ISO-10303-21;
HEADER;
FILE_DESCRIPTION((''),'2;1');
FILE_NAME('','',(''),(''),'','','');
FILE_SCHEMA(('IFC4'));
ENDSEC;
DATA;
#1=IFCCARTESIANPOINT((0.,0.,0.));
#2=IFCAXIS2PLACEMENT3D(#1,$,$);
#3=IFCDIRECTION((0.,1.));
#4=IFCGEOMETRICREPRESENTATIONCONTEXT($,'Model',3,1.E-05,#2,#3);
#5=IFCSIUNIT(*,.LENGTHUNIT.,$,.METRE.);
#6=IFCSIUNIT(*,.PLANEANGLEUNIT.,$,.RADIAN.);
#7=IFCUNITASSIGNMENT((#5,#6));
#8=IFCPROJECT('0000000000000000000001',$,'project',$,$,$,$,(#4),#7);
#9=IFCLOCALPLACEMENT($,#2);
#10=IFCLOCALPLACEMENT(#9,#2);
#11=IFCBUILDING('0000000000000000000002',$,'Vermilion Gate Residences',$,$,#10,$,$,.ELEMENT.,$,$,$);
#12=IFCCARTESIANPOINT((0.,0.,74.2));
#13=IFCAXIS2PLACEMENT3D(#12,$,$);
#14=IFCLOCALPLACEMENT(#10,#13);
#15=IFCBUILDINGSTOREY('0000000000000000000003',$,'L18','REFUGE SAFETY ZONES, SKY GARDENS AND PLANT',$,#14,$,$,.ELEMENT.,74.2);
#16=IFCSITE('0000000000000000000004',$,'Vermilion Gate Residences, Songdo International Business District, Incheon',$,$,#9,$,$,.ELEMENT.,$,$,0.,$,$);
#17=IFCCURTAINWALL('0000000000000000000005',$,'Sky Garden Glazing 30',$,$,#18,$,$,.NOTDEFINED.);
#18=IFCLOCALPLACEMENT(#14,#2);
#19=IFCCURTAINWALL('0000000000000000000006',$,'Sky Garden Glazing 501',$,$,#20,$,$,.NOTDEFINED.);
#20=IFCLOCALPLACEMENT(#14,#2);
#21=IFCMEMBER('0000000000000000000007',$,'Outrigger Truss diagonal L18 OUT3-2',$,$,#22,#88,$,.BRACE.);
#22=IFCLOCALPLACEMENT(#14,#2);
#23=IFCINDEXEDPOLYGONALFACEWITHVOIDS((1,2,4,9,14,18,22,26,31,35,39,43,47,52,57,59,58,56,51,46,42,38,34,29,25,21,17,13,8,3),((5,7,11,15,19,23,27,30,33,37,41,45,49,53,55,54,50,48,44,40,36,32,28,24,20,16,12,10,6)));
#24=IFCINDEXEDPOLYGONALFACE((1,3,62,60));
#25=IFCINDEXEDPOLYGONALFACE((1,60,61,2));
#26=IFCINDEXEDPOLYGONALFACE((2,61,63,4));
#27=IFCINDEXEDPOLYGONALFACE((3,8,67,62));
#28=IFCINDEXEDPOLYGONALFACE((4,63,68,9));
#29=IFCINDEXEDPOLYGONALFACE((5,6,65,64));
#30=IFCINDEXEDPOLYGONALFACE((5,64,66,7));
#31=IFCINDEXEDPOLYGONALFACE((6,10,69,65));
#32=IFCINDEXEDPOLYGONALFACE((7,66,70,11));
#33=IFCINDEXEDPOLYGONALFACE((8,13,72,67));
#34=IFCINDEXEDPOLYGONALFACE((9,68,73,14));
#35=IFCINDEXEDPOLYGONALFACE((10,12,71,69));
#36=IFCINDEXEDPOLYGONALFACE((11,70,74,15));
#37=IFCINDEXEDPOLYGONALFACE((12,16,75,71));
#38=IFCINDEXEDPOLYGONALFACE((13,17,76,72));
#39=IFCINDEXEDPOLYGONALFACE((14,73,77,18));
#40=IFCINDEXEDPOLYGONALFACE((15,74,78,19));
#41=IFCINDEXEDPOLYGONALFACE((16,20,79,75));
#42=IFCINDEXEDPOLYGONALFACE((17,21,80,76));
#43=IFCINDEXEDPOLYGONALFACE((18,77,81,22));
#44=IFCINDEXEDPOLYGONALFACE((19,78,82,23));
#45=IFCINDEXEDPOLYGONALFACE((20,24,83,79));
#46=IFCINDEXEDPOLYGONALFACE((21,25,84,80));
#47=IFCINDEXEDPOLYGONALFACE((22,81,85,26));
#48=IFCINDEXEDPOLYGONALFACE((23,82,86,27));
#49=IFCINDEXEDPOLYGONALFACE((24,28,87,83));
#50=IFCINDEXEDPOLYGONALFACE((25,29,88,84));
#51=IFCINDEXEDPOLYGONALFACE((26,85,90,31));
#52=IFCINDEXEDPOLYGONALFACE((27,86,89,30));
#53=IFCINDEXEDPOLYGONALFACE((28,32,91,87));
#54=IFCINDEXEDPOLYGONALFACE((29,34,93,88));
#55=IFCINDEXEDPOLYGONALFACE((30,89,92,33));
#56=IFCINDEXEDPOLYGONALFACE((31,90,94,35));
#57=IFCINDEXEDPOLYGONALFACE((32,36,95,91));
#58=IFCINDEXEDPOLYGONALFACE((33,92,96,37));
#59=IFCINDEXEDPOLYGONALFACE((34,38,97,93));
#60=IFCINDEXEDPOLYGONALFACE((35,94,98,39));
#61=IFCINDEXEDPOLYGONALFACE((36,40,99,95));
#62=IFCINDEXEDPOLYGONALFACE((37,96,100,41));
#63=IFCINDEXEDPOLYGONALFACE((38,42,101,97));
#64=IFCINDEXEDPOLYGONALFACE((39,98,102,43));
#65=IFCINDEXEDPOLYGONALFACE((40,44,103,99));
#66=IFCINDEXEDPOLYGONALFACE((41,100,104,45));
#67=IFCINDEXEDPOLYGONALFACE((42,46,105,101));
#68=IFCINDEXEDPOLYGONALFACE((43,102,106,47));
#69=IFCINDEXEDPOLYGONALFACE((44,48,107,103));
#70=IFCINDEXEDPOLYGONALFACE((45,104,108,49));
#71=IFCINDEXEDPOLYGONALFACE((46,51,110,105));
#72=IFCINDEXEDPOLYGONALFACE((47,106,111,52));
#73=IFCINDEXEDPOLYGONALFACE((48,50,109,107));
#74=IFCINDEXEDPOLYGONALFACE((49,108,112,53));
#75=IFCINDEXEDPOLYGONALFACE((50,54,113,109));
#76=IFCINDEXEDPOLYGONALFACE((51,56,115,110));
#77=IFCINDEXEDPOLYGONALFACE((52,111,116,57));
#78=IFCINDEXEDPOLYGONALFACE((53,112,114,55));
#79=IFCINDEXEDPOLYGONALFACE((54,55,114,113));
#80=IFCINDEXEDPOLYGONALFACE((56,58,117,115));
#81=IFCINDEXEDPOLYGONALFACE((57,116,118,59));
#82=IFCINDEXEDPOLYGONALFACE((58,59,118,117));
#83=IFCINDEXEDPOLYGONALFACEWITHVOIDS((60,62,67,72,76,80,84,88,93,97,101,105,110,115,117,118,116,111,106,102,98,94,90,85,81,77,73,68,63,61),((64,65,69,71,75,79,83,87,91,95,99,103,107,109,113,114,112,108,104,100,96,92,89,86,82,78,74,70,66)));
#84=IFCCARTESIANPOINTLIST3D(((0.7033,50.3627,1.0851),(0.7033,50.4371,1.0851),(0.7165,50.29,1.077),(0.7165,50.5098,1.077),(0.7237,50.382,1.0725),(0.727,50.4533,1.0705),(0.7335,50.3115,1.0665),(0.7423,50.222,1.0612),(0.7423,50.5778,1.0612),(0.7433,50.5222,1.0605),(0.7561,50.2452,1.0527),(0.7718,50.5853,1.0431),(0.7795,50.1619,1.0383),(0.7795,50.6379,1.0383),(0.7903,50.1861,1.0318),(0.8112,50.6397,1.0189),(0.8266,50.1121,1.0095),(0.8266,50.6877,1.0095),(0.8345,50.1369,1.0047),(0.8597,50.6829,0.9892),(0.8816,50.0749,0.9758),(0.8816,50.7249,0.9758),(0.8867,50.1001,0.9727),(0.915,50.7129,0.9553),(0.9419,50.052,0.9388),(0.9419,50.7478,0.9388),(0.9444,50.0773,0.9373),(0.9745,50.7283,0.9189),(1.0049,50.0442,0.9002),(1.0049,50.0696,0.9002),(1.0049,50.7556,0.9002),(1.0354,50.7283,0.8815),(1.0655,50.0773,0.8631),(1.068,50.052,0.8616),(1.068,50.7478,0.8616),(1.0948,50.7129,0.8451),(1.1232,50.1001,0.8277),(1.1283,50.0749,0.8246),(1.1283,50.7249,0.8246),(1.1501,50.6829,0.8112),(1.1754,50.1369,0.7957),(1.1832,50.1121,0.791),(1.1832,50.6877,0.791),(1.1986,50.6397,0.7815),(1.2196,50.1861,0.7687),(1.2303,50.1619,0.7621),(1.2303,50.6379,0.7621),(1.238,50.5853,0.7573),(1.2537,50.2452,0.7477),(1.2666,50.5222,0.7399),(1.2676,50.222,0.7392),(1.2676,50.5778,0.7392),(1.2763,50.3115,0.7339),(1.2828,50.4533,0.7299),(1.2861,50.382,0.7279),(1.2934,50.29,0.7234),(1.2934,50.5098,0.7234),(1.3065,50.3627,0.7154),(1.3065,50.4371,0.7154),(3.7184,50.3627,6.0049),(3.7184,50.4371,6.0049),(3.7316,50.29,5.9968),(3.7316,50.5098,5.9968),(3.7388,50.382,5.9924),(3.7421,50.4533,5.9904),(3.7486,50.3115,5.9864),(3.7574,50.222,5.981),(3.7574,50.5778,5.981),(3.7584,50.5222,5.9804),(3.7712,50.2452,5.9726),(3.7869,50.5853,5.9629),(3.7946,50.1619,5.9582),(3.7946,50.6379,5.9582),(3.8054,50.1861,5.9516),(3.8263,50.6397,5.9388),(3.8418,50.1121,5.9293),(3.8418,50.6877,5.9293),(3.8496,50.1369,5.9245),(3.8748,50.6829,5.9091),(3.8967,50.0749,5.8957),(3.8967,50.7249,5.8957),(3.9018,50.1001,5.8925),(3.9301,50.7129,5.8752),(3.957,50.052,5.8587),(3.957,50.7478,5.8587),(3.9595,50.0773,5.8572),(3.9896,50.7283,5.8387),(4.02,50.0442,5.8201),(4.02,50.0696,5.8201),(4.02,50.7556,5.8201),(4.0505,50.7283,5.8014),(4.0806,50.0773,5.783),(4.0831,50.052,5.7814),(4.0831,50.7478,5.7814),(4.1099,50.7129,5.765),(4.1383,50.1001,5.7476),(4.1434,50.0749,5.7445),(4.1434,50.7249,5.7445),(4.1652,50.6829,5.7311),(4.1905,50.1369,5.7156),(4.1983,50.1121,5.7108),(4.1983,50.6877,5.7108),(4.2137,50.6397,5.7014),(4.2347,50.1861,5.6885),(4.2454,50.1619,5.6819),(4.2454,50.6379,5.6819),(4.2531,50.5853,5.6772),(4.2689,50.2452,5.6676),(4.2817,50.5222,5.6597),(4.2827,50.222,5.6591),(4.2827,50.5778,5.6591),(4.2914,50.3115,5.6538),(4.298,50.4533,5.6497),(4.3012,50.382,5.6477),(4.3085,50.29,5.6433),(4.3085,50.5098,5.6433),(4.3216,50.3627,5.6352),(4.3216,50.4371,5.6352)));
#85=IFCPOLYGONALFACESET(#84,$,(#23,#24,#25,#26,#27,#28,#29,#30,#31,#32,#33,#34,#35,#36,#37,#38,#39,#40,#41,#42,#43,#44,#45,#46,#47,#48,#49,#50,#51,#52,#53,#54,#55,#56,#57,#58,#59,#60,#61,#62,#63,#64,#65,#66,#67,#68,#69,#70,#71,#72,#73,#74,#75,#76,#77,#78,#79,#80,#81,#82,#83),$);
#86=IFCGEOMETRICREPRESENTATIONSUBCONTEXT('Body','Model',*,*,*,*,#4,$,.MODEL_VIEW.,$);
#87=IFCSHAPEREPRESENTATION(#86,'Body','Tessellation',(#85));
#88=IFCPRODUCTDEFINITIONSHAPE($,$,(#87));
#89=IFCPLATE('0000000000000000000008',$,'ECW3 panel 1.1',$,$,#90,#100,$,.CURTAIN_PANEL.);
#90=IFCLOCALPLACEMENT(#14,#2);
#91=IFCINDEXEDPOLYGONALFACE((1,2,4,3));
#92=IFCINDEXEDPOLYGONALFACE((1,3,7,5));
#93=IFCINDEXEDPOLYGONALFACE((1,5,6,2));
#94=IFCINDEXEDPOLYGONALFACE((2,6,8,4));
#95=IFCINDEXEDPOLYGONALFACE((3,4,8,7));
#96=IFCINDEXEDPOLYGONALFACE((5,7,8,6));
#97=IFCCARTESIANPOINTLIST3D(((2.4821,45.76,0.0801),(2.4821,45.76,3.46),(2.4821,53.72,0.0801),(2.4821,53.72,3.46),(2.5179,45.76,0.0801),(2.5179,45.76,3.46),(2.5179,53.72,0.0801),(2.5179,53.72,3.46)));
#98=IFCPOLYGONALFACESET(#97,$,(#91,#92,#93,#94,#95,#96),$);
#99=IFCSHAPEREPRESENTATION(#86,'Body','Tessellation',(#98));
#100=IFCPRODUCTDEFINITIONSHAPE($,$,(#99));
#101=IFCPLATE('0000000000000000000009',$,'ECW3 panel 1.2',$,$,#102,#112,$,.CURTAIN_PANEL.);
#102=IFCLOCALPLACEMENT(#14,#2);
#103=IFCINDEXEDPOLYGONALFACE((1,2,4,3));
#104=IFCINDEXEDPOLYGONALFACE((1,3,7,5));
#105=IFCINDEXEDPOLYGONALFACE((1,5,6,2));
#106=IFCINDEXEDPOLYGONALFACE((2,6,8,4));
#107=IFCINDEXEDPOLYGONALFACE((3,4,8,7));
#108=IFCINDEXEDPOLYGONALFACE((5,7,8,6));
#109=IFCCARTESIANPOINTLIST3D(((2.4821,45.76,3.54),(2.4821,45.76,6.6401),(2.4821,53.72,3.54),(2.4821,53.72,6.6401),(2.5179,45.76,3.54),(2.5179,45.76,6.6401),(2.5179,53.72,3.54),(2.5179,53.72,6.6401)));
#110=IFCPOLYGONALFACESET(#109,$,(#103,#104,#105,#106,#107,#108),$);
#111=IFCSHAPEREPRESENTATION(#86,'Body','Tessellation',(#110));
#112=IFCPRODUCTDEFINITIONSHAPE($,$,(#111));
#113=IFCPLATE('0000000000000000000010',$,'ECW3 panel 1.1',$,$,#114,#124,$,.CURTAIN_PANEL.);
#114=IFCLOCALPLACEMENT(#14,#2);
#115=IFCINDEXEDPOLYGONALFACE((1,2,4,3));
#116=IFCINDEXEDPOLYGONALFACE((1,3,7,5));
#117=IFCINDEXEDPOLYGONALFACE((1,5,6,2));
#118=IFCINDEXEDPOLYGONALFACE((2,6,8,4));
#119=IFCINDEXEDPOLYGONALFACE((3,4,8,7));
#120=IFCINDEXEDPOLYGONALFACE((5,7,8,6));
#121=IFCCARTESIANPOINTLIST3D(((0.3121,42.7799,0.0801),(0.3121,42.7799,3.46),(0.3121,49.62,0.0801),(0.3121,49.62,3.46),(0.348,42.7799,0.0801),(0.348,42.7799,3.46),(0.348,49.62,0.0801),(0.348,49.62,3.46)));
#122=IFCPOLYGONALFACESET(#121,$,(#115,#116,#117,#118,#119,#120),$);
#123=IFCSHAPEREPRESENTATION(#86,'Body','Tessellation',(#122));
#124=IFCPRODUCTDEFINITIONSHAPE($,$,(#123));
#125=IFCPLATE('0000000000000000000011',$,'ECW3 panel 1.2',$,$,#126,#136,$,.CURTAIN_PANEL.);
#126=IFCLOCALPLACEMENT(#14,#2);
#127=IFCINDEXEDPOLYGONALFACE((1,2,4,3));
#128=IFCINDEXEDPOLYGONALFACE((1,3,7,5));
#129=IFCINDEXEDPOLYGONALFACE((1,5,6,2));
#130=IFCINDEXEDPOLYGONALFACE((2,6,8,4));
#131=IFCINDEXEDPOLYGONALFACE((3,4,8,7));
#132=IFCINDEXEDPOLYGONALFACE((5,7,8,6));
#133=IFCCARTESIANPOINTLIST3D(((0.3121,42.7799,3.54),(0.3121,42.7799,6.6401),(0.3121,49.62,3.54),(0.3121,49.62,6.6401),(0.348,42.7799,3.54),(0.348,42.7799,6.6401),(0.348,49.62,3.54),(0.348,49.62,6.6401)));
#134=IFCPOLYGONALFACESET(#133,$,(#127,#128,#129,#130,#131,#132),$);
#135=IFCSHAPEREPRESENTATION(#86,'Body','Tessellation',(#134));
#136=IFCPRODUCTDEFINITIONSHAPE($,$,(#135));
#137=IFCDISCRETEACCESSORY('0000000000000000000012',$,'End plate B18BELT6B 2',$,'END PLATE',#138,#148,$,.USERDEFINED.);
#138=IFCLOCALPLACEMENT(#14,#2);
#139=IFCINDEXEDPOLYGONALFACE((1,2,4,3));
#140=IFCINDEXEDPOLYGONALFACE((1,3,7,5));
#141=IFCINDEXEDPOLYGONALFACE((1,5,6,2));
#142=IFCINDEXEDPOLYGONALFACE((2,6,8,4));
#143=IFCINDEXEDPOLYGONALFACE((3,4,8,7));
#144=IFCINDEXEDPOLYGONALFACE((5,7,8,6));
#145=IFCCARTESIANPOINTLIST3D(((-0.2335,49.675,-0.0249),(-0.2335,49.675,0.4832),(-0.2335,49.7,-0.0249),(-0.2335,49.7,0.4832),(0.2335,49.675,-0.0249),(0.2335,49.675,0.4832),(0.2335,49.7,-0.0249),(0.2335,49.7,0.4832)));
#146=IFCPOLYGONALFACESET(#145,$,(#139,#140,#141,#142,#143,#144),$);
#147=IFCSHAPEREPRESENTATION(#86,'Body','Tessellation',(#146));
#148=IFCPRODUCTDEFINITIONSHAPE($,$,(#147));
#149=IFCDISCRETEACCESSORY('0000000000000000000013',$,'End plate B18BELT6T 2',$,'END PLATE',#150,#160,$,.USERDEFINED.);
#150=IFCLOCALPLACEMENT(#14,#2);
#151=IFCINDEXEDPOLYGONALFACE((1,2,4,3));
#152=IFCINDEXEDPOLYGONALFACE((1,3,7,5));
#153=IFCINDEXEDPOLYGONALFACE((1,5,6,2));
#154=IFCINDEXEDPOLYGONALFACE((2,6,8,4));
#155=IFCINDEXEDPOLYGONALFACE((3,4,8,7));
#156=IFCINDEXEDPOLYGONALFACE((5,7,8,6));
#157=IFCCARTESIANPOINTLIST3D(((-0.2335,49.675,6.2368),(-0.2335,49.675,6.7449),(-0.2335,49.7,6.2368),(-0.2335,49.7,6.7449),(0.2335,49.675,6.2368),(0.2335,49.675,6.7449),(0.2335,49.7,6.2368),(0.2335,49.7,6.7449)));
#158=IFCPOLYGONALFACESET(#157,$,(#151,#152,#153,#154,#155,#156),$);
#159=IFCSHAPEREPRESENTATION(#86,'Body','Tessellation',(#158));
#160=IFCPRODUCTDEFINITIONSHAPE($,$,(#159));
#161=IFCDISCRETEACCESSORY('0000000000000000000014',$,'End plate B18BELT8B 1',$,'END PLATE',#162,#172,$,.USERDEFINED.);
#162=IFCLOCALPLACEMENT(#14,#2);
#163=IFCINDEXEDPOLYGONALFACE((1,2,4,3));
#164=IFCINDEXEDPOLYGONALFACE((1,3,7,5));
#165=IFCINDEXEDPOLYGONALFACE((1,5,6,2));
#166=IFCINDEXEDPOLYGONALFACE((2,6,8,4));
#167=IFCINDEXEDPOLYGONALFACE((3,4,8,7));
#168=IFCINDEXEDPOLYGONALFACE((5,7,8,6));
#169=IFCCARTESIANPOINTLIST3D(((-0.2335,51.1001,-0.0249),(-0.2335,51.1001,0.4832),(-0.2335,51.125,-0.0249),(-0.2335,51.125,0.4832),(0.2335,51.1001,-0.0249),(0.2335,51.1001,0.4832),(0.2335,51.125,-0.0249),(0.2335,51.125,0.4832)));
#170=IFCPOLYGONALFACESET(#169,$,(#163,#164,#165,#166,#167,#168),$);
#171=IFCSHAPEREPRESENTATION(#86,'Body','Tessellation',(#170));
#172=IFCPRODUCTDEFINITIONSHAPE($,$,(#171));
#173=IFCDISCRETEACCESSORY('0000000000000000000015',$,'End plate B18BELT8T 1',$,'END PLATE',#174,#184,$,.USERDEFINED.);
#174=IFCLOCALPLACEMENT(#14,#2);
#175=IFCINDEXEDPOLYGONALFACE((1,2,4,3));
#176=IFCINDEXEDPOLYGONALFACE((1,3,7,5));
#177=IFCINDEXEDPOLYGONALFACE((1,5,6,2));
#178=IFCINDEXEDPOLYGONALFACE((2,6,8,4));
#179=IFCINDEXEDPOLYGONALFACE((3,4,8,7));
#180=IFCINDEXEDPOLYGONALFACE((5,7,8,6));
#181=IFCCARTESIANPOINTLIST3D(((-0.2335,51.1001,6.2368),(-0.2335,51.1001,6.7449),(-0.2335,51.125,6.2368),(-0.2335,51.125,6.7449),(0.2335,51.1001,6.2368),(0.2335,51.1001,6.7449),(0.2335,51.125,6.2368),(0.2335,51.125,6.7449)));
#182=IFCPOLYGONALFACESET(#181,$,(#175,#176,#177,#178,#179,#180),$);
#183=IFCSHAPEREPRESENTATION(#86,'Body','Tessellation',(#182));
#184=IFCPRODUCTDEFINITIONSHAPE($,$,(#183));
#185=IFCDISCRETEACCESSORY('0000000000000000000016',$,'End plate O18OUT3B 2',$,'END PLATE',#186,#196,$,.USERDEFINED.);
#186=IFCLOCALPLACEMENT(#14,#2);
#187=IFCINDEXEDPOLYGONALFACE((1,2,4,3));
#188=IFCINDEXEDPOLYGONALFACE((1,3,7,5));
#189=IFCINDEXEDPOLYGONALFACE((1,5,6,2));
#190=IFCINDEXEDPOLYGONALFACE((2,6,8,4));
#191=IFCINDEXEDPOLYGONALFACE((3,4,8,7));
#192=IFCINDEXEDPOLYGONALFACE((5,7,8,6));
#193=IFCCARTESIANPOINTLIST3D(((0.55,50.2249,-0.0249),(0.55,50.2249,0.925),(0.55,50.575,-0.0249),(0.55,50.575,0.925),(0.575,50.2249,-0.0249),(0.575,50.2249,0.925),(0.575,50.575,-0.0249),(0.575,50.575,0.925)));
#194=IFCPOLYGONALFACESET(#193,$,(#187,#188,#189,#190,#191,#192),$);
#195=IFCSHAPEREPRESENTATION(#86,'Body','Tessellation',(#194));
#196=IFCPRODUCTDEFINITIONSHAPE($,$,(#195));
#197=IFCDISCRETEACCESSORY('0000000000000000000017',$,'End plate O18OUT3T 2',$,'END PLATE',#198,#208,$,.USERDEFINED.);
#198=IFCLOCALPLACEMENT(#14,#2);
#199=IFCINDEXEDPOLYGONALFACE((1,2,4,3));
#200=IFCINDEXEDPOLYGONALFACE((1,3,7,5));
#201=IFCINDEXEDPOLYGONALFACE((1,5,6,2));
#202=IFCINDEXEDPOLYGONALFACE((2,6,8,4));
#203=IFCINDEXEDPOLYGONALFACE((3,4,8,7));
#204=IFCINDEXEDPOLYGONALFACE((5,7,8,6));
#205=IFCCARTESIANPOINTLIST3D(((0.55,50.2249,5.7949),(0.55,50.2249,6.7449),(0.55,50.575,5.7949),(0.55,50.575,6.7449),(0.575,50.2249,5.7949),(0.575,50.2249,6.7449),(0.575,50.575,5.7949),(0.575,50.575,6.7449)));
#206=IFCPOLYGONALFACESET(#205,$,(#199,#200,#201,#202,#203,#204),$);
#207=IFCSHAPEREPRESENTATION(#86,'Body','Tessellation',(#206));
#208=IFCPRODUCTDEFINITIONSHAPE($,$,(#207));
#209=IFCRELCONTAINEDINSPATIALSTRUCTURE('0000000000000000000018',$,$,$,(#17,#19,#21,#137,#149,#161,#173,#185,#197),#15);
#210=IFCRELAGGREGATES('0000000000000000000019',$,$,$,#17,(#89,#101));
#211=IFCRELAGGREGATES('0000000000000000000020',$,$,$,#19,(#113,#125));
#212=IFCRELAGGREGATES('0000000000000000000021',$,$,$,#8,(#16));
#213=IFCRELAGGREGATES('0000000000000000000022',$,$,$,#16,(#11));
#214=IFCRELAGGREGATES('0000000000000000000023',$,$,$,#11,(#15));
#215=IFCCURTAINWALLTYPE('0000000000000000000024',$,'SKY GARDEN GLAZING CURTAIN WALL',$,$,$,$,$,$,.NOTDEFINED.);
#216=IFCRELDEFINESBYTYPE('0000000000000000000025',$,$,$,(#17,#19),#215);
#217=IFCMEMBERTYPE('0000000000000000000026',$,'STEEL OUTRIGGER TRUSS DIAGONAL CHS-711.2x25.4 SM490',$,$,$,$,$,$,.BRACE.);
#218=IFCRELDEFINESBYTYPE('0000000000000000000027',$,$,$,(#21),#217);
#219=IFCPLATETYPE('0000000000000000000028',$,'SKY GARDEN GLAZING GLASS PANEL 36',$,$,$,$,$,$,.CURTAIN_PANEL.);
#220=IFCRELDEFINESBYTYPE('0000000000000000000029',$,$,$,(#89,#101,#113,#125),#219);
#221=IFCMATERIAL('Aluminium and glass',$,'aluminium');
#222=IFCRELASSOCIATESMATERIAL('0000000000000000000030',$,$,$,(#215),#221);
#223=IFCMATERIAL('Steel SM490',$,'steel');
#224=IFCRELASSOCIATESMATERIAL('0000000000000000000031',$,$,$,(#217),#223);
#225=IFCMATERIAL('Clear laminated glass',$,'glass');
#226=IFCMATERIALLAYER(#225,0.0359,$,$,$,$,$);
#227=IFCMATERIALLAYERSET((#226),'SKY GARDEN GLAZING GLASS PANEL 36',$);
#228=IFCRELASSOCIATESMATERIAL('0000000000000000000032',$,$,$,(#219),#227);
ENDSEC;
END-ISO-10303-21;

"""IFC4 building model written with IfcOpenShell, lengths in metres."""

from ifc_helpers import new_model, si_unit, direction, frame, origin, origin_2d, place, context, subcontext, project, spatial, rectangle, hollow_circle, extrude, material, layer, layer_set, material_profile, profile_set, type_object, element, aggregate, save


model = new_model("IFC4")

# Units and contexts
model_context = context("Model", 3, precision=1e-05, world=origin(), true_north=direction((0.0, 1.0)))
body_context = subcontext(model_context, "Body", "Model", "MODEL_VIEW")
ifc_project = project(units=[si_unit("LENGTHUNIT", "METRE"), si_unit("PLANEANGLEUNIT", "RADIAN")], contexts=[model_context])

# Site, building, storey
site_placement = place(None, origin())
site = spatial("IfcSite", under=ifc_project, at=site_placement, Name="Vermilion Gate Residences, Songdo International Business District, Incheon", CompositionType="ELEMENT", RefElevation=0.0)
building_placement = place(site_placement, origin())
building = spatial("IfcBuilding", under=site, at=building_placement, Name="Vermilion Gate Residences", CompositionType="ELEMENT")
storey_placement = place(building_placement, frame((0.0, 0.0, 74.2)))
storey = spatial("IfcBuildingStorey", under=building, at=storey_placement, Name="L18", Description="REFUGE SAFETY ZONES, SKY GARDENS AND PLANT", CompositionType="ELEMENT", Elevation=74.2)

# Curtain walls
ifc_material_1 = material(Name="Aluminium and glass", Category="aluminium")
curtain_wall_type = type_object("IfcCurtainWallType", Name="SKY GARDEN GLAZING CURTAIN WALL", PredefinedType="NOTDEFINED", material=ifc_material_1)
curtain_wall_1_placement = place(storey_placement, origin())
curtain_wall_1 = element("IfcCurtainWall", 1, at=curtain_wall_1_placement, inside=storey, type_object=curtain_wall_type, Name="Sky Garden Glazing 30", PredefinedType="NOTDEFINED")
curtain_wall_2_placement = place(storey_placement, origin())
curtain_wall_2 = element("IfcCurtainWall", 2, at=curtain_wall_2_placement, inside=storey, type_object=curtain_wall_type, Name="Sky Garden Glazing 501", PredefinedType="NOTDEFINED")

# Member
ifc_material_2 = material(Name="Steel SM490", Category="steel")
ifc_material_profile_1 = material_profile(ifc_material_2, hollow_circle(Radius=0.3557, WallThickness=0.0254, at=origin_2d()), Name="CHS-711.2x25.4")
ifc_profile_set_1 = profile_set([ifc_material_profile_1], Name="Steel SM490")
member_type_1 = type_object("IfcMemberType", Name="STEEL OUTRIGGER TRUSS DIAGONAL CHS-711.2x25.4 SM490", PredefinedType="BRACE", material=ifc_profile_set_1)
member_1_placement = place(storey_placement, frame((4.02, 50.3999, 5.8201), z_axis=(-0.522524, 0.0, -0.852624), x_axis=(0.0, -1.0, 0.0)))
element("IfcMember", 3, at=member_1_placement, inside=storey, type_object=member_type_1, Name="Outrigger Truss diagonal L18 OUT3-2", PredefinedType="BRACE", context=body_context, shape_type="SweptSolid", body=[
    extrude(hollow_circle(Radius=0.3557, WallThickness=0.0254, at=origin_2d()), origin(), (0.0, 0.0, 1.0), 5.7703),
])

# Plates
ifc_material_3 = material(Name="Clear laminated glass", Category="glass")
ifc_layer = layer(ifc_material_3, 0.0359)
ifc_layer_set = layer_set([ifc_layer], Name="SKY GARDEN GLAZING GLASS PANEL 36")
plate_type = type_object("IfcPlateType", Name="SKY GARDEN GLAZING GLASS PANEL 36", PredefinedType="CURTAIN_PANEL", material=ifc_layer_set)
plate_1_placement = place(storey_placement, frame((2.5, 49.74, 0.0801), z_axis=(0.0, 0.0, 1.0), x_axis=(0.0, -1.0, 0.0)))
plate_1 = element("IfcPlate", 4, at=plate_1_placement, type_object=plate_type, Name="ECW3 panel 1.1", PredefinedType="CURTAIN_PANEL", context=body_context, shape_type="SweptSolid", body=[
    extrude(rectangle(XDim=7.96, YDim=0.0359, at=origin_2d()), origin(), (0.0, 0.0, 1.0), 3.3799),
])
plate_2_placement = place(storey_placement, frame((2.5, 49.74, 3.54), z_axis=(0.0, 0.0, 1.0), x_axis=(0.0, -1.0, 0.0)))
plate_2 = element("IfcPlate", 5, at=plate_2_placement, type_object=plate_type, Name="ECW3 panel 1.2", PredefinedType="CURTAIN_PANEL", context=body_context, shape_type="SweptSolid", body=[
    extrude(rectangle(XDim=7.96, YDim=0.0359, at=origin_2d()), origin(), (0.0, 0.0, 1.0), 3.1001),
])
aggregate(curtain_wall_1, [plate_1, plate_2])
plate_3_placement = place(storey_placement, frame((0.3301, 46.2, 0.0801), z_axis=(0.0, 0.0, 1.0), x_axis=(0.0, -1.0, 0.0)))
plate_3 = element("IfcPlate", 6, at=plate_3_placement, type_object=plate_type, Name="ECW3 panel 1.1", PredefinedType="CURTAIN_PANEL", context=body_context, shape_type="SweptSolid", body=[
    extrude(rectangle(XDim=6.8401, YDim=0.0359, at=origin_2d()), origin(), (0.0, 0.0, 1.0), 3.3799),
])
plate_4_placement = place(storey_placement, frame((0.3301, 46.2, 3.54), z_axis=(0.0, 0.0, 1.0), x_axis=(0.0, -1.0, 0.0)))
plate_4 = element("IfcPlate", 7, at=plate_4_placement, type_object=plate_type, Name="ECW3 panel 1.2", PredefinedType="CURTAIN_PANEL", context=body_context, shape_type="SweptSolid", body=[
    extrude(rectangle(XDim=6.8401, YDim=0.0359, at=origin_2d()), origin(), (0.0, 0.0, 1.0), 3.1001),
])
aggregate(curtain_wall_2, [plate_3, plate_4])

# Discrete accessories
for number, where, z_axis, x_axis, name in (
    (8, (0.0, 49.6875, -0.0249), (0.0, 0.0, 1.0), (1.0, 0.0, 0.0), "End plate B18BELT6B 2"),
    (9, (0.0, 49.6875, 6.2368), (0.0, 0.0, 1.0), (1.0, 0.0, 0.0), "End plate B18BELT6T 2"),
    (10, (0.0, 51.1125, -0.0249), (0.0, 0.0, 1.0), (1.0, 0.0, 0.0), "End plate B18BELT8B 1"),
    (11, (0.0, 51.1125, 6.2368), (0.0, 0.0, 1.0), (1.0, 0.0, 0.0), "End plate B18BELT8T 1"),
):
    element("IfcDiscreteAccessory", number, at=place(storey_placement, frame(where, z_axis=z_axis, x_axis=x_axis)), inside=storey, Name=name, ObjectType="END PLATE", PredefinedType="USERDEFINED", context=body_context, shape_type="SweptSolid", body=[
        extrude(rectangle(XDim=0.467, YDim=0.0249, at=origin_2d()), origin(), (0.0, 0.0, 1.0), 0.5081),
    ])
for number, where, z_axis, x_axis, name in (
    (12, (0.5625, 50.3999, -0.0249), (0.0, 0.0, 1.0), (1.0, 0.0, 0.0), "End plate O18OUT3B 2"),
    (13, (0.5625, 50.3999, 5.7949), (0.0, 0.0, 1.0), (1.0, 0.0, 0.0), "End plate O18OUT3T 2"),
):
    element("IfcDiscreteAccessory", number, at=place(storey_placement, frame(where, z_axis=z_axis, x_axis=x_axis)), inside=storey, Name=name, ObjectType="END PLATE", PredefinedType="USERDEFINED", context=body_context, shape_type="SweptSolid", body=[
        extrude(rectangle(XDim=0.0249, YDim=0.3501, at=origin_2d()), origin(), (0.0, 0.0, 1.0), 0.95),
    ])

save(model, "model.ifc")
